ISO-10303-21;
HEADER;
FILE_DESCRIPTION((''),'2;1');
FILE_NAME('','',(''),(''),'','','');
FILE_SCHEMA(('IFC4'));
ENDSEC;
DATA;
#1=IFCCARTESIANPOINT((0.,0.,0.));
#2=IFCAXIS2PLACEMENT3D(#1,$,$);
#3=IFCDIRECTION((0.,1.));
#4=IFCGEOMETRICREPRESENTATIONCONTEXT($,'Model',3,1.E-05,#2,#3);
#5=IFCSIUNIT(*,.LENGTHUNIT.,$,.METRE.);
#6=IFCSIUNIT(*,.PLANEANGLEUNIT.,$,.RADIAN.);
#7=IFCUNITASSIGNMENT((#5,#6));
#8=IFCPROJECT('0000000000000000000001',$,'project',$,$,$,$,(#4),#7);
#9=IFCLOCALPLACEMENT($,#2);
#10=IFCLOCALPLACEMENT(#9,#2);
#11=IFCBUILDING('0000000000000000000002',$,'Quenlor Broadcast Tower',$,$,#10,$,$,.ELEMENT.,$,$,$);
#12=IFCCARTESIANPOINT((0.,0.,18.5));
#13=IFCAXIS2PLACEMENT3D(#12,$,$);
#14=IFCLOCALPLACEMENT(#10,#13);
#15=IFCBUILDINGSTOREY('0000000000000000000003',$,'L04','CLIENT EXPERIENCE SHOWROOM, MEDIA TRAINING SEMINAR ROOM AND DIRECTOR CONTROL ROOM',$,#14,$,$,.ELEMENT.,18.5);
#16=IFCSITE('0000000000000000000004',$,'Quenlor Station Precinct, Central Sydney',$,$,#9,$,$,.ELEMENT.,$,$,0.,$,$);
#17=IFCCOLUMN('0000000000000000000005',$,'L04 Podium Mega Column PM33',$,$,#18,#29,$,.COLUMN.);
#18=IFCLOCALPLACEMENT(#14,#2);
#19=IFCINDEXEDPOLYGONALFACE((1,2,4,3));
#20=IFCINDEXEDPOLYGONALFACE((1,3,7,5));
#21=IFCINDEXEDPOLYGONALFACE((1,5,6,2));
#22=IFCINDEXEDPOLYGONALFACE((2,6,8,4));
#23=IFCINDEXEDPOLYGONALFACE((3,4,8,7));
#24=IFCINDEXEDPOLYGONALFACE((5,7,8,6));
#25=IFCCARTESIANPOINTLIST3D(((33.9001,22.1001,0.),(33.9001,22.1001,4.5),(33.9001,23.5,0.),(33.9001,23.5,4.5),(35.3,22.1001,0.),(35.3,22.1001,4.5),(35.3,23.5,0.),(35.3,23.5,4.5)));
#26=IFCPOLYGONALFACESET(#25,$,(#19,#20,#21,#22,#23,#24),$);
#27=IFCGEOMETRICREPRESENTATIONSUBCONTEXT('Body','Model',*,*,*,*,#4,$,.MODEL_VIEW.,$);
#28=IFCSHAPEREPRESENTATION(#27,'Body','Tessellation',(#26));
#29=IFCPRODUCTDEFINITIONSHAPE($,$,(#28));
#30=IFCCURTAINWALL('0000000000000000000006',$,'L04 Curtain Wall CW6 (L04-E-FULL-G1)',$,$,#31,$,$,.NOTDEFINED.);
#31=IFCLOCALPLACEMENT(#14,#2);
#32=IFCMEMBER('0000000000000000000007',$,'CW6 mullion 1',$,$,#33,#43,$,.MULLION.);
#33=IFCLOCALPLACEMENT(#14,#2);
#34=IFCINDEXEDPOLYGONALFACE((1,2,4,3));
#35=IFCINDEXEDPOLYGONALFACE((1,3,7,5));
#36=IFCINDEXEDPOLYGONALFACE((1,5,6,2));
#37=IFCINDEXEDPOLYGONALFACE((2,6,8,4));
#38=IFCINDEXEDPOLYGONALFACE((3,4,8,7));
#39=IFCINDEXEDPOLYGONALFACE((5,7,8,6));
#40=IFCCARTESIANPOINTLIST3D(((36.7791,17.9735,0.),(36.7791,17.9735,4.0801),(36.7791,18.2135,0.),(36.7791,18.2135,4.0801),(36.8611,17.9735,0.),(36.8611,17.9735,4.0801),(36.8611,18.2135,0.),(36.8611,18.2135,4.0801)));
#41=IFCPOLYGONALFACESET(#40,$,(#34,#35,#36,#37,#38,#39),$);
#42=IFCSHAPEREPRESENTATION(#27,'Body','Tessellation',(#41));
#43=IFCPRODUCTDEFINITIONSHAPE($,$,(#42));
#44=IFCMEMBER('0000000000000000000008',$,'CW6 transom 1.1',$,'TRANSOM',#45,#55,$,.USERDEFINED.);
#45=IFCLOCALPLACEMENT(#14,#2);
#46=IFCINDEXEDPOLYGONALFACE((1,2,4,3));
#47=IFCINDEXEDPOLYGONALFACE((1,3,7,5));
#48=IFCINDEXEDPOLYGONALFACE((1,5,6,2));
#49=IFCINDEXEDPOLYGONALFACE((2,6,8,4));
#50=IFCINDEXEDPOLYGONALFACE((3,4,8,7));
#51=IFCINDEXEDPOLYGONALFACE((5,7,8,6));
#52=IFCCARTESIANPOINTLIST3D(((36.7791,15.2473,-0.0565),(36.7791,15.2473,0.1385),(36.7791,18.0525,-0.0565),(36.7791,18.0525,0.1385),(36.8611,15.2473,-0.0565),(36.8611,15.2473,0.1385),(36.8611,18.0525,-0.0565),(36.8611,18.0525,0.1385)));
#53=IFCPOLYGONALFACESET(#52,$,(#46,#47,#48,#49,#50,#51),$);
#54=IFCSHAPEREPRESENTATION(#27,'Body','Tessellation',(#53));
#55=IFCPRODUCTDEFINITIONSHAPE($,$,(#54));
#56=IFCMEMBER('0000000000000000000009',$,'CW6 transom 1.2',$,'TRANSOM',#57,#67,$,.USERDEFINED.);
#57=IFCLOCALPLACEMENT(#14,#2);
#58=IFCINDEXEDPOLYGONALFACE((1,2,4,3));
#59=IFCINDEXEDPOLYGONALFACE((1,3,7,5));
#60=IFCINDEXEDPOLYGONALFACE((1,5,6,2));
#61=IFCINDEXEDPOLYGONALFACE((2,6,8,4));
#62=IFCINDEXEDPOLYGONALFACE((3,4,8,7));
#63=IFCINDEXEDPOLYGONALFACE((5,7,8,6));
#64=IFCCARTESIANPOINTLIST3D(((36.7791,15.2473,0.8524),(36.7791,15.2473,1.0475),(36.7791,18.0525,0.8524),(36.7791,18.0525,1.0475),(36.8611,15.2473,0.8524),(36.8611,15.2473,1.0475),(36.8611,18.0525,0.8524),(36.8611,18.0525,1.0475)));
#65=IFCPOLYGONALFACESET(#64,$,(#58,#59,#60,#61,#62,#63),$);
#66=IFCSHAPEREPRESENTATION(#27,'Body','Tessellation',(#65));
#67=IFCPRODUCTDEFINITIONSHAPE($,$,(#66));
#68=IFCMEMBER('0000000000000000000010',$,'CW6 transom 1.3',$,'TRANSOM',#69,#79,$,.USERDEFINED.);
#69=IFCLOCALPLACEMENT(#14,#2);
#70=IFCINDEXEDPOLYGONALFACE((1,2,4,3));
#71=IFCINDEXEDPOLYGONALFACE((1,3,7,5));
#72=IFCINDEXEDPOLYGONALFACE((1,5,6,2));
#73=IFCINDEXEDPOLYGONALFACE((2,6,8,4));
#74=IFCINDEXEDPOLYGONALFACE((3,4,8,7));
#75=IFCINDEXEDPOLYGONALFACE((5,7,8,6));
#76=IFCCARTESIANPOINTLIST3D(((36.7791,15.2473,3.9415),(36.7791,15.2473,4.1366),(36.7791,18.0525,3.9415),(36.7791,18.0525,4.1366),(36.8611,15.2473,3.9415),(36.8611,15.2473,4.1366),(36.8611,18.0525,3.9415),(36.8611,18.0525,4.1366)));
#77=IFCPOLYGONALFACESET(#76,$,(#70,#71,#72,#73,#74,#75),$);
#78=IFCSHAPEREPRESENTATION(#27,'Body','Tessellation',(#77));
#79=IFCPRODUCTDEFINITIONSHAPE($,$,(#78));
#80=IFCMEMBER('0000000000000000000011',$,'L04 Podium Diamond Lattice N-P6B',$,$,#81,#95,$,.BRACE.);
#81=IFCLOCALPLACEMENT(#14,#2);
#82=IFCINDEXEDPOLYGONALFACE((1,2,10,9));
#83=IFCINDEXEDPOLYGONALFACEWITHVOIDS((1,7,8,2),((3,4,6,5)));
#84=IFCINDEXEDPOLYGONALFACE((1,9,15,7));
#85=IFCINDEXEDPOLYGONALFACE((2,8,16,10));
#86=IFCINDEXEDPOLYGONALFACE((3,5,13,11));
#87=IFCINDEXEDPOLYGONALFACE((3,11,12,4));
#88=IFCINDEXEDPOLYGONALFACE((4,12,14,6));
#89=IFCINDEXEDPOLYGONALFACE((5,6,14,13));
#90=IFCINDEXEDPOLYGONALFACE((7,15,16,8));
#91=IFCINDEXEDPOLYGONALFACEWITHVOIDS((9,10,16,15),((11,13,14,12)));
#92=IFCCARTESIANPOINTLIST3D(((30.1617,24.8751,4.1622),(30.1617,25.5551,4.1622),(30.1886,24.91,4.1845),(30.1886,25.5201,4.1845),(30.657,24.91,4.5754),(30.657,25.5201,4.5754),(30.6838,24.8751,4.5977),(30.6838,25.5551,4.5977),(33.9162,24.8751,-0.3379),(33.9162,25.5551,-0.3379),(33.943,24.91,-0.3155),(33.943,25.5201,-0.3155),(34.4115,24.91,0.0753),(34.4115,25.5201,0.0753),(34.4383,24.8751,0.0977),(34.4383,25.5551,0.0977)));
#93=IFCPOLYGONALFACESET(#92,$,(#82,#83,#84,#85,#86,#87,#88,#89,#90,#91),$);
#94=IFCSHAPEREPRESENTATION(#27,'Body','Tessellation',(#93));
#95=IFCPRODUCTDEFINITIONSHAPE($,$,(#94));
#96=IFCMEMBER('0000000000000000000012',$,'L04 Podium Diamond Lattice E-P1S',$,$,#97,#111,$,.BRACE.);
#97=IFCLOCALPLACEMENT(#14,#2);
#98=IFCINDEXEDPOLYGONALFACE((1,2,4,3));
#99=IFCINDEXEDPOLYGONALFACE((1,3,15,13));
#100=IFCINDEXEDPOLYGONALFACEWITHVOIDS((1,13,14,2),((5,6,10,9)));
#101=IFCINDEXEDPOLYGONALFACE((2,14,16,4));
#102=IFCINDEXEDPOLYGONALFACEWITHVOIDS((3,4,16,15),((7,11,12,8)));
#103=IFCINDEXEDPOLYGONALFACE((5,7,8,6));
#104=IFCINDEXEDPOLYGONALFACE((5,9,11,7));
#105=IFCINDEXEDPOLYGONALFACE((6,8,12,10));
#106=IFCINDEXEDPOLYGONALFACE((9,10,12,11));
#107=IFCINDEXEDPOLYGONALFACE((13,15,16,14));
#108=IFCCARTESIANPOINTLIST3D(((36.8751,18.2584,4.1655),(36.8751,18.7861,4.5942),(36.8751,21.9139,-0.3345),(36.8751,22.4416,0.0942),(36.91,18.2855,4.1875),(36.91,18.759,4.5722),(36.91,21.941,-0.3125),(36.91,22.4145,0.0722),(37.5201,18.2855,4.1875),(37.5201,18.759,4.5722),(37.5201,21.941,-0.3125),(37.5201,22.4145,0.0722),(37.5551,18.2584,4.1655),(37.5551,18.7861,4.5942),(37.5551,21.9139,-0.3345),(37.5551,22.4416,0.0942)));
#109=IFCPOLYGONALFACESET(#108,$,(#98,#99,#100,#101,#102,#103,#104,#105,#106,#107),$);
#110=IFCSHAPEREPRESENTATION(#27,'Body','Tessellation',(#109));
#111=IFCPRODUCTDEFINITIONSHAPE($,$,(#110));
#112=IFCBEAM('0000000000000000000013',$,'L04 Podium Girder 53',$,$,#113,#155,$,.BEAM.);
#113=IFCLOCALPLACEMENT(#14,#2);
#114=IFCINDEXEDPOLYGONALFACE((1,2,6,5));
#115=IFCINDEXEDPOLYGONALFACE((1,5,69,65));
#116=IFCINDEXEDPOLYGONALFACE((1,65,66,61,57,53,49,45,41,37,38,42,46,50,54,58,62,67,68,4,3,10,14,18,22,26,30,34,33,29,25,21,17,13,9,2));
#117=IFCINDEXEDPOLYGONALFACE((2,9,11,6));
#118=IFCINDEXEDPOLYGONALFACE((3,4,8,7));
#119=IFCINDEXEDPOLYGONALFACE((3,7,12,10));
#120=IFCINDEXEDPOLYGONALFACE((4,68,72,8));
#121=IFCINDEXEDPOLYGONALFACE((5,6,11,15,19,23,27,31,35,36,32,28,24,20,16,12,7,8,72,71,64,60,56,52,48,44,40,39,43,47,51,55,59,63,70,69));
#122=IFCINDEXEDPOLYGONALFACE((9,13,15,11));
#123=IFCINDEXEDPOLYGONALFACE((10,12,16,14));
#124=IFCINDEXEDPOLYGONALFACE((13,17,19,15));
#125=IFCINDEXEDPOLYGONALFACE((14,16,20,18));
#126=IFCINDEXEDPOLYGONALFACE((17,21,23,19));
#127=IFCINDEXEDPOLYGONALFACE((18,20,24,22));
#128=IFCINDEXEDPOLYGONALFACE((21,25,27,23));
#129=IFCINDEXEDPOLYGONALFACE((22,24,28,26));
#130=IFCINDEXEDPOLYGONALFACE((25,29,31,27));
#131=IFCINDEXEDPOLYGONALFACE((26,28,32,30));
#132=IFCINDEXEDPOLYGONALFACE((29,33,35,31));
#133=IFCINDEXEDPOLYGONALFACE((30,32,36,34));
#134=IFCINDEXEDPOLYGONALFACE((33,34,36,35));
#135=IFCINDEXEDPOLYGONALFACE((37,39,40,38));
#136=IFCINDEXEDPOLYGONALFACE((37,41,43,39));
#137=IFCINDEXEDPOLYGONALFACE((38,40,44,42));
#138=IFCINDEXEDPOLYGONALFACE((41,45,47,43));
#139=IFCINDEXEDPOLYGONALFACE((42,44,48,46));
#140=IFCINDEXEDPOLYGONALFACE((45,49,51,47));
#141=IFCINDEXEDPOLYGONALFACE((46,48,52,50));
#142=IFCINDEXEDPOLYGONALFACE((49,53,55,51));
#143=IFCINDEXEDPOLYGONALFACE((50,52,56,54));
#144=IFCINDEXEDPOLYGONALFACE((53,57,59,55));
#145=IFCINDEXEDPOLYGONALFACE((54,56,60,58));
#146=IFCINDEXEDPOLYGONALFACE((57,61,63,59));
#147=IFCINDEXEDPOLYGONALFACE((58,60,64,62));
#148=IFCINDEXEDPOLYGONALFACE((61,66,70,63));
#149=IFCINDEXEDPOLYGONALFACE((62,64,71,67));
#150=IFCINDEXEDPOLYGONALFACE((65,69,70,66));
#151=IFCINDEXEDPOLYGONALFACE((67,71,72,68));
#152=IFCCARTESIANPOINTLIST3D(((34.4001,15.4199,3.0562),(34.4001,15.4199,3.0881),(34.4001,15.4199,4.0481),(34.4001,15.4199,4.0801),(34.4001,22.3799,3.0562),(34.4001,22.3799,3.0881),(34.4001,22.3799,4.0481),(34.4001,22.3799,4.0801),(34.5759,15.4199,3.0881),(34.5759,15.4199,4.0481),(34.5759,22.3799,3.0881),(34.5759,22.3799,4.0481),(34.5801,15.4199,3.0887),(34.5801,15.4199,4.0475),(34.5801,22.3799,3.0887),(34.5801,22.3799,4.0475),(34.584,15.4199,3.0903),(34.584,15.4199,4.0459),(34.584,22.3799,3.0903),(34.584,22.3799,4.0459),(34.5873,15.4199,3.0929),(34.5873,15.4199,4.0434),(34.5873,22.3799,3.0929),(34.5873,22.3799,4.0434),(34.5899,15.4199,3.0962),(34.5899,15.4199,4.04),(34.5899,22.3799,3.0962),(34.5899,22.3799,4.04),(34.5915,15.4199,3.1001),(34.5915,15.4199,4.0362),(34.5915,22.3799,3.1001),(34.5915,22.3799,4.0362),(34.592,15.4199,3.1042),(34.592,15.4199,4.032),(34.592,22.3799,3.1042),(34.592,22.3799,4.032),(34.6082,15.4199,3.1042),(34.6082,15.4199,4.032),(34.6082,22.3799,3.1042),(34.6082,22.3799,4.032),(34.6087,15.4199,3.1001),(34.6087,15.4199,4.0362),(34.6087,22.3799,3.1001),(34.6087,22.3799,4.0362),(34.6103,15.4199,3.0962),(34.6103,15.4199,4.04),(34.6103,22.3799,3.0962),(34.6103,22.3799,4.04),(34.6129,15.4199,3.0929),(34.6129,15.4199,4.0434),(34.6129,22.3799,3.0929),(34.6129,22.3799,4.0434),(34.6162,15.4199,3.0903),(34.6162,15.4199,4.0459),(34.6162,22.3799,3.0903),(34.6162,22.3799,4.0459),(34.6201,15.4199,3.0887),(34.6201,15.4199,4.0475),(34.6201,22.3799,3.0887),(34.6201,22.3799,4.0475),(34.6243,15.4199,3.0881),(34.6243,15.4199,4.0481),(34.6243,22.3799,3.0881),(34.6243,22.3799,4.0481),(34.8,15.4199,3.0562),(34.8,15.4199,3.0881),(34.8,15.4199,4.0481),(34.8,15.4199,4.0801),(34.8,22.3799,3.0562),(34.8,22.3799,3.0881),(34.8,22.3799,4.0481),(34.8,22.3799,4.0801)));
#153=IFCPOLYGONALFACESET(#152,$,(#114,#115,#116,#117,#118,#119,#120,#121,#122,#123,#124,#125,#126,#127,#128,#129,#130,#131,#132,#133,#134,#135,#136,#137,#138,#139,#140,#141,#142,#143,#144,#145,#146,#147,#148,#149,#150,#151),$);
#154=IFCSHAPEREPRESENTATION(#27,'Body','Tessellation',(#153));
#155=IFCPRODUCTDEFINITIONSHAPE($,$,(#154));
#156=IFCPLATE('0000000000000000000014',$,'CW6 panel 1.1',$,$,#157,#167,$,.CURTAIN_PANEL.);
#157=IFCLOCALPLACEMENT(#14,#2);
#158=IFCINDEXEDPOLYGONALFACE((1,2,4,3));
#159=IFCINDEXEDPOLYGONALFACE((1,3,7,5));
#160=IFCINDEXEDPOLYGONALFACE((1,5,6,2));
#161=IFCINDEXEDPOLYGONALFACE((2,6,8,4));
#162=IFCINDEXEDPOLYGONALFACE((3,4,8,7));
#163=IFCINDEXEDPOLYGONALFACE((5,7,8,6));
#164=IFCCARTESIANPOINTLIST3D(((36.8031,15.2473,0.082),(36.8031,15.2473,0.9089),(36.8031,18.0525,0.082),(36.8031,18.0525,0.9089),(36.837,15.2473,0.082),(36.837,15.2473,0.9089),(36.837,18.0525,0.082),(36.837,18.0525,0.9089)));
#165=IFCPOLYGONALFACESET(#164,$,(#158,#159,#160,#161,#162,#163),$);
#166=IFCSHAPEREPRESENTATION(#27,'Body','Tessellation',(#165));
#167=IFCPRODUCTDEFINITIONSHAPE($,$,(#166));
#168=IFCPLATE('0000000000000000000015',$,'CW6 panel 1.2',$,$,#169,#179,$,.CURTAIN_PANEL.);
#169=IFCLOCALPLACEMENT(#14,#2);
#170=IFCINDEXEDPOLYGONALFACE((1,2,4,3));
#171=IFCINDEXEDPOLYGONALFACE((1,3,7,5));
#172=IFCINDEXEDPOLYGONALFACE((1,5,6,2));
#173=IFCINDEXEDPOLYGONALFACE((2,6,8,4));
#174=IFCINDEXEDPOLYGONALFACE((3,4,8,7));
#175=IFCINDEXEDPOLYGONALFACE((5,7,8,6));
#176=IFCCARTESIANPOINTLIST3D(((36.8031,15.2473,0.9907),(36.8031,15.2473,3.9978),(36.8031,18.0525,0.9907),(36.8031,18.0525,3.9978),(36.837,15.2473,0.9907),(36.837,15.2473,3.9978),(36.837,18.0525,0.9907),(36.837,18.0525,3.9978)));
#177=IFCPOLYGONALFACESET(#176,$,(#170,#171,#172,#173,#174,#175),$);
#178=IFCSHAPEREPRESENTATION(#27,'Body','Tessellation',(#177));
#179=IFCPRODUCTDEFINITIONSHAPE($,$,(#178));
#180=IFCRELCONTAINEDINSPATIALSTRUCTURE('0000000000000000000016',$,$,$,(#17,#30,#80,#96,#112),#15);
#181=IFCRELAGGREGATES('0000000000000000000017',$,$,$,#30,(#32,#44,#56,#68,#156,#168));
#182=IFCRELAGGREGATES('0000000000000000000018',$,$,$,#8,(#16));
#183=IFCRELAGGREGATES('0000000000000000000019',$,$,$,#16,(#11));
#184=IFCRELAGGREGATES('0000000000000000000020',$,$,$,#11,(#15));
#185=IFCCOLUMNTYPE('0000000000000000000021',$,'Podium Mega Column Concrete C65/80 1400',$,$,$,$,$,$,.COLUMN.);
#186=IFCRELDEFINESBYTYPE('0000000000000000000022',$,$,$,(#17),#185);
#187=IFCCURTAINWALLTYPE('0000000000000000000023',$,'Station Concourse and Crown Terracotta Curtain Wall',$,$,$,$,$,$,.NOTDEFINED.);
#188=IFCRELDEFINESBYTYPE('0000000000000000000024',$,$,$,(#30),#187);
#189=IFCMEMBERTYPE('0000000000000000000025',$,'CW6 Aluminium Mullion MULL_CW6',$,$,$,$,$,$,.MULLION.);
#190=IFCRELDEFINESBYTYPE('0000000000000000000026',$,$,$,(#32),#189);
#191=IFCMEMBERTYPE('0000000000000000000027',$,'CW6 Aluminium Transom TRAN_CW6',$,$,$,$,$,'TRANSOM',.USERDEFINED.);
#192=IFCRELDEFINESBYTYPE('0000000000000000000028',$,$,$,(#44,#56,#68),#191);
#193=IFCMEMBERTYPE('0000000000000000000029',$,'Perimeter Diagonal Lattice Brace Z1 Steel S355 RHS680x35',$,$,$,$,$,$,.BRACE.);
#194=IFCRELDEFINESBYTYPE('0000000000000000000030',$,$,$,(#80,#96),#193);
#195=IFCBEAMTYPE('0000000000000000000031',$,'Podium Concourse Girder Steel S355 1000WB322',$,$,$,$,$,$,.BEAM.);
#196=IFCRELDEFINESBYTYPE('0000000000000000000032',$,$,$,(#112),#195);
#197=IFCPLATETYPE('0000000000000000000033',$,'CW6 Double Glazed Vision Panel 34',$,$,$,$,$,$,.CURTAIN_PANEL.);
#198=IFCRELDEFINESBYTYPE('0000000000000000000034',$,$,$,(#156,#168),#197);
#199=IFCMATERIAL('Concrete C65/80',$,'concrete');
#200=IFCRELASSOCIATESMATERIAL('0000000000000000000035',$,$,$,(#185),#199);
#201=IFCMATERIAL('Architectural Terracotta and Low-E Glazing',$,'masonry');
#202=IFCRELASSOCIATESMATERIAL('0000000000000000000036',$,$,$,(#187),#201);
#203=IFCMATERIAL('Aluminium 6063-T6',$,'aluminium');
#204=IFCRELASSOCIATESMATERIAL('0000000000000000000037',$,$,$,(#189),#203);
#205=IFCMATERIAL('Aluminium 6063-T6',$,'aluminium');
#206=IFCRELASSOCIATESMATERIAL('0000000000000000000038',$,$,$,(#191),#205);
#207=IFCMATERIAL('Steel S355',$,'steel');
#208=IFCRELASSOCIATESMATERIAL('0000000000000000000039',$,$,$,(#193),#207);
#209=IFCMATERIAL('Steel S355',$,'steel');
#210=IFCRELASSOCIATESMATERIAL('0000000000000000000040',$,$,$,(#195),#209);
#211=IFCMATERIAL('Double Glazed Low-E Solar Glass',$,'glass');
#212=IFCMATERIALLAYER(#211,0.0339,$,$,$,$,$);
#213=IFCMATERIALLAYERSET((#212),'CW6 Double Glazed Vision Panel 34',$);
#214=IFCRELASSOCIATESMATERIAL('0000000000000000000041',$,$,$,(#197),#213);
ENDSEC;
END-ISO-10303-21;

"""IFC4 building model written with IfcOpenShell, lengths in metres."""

from ifc_helpers import new_model, si_unit, direction, frame, origin, origin_2d, place, context, subcontext, project, spatial, rectangle, hollow_rectangle, i_section, extrude, material, layer, layer_set, material_profile, profile_set, type_object, element, aggregate, save


model = new_model("IFC4")

# Units and contexts
model_context = context("Model", 3, precision=1e-05, world=origin(), true_north=direction((0.0, 1.0)))
body_context = subcontext(model_context, "Body", "Model", "MODEL_VIEW")
ifc_project = project(units=[si_unit("LENGTHUNIT", "METRE"), si_unit("PLANEANGLEUNIT", "RADIAN")], contexts=[model_context])

# Site, building, storey
site_placement = place(None, origin())
site = spatial("IfcSite", under=ifc_project, at=site_placement, Name="Quenlor Station Precinct, Central Sydney", CompositionType="ELEMENT", RefElevation=0.0)
building_placement = place(site_placement, origin())
building = spatial("IfcBuilding", under=site, at=building_placement, Name="Quenlor Broadcast Tower", CompositionType="ELEMENT")
storey_placement = place(building_placement, frame((0.0, 0.0, 18.5)))
storey = spatial("IfcBuildingStorey", under=building, at=storey_placement, Name="L04", Description="CLIENT EXPERIENCE SHOWROOM, MEDIA TRAINING SEMINAR ROOM AND DIRECTOR CONTROL ROOM", CompositionType="ELEMENT", Elevation=18.5)

# Column
ifc_material_1 = material(Name="Concrete C65/80", Category="concrete")
ifc_material_profile_1 = material_profile(ifc_material_1, rectangle(XDim=1.3999, YDim=1.3999, at=origin_2d()))
ifc_profile_set_1 = profile_set([ifc_material_profile_1], Name="Concrete C65/80 RC1400x1400")
column_type = type_object("IfcColumnType", Name="Podium Mega Column Concrete C65/80 1400", PredefinedType="COLUMN", material=ifc_profile_set_1)
column_placement = place(storey_placement, frame((34.6001, 22.8, 0.0), z_axis=(0.0, 0.0, 1.0), x_axis=(1.0, 0.0, 0.0)))
element("IfcColumn", 1, at=column_placement, inside=storey, type_object=column_type, Name="L04 Podium Mega Column PM33", PredefinedType="COLUMN", context=body_context, shape_type="SweptSolid", body=[
    extrude(rectangle(XDim=1.3999, YDim=1.3999, at=origin_2d()), origin(), (0.0, 0.0, 1.0), 4.5),
])

# Curtain wall, members
ifc_material_2 = material(Name="Architectural Terracotta and Low-E Glazing", Category="masonry")
curtain_wall_type = type_object("IfcCurtainWallType", Name="Station Concourse and Crown Terracotta Curtain Wall", PredefinedType="NOTDEFINED", material=ifc_material_2)
curtain_wall_placement = place(storey_placement, origin())
curtain_wall = element("IfcCurtainWall", 2, at=curtain_wall_placement, inside=storey, type_object=curtain_wall_type, Name="L04 Curtain Wall CW6 (L04-E-FULL-G1)", PredefinedType="NOTDEFINED")
ifc_material_3 = material(Name="Aluminium 6063-T6", Category="aluminium")
ifc_material_profile_2 = material_profile(ifc_material_3, rectangle(XDim=0.082, YDim=0.24, at=origin_2d()))
ifc_profile_set_2 = profile_set([ifc_material_profile_2], Name="Aluminium 6063-T6 MULL82x240")
member_type_1 = type_object("IfcMemberType", Name="CW6 Aluminium Mullion MULL_CW6", PredefinedType="MULLION", material=ifc_profile_set_2)
member_1_placement = place(storey_placement, frame((36.8201, 18.0935, 0.0), z_axis=(0.0, 0.0, 1.0), x_axis=(1.0, 0.0, 0.0)))
member_1 = element("IfcMember", 3, at=member_1_placement, type_object=member_type_1, Name="CW6 mullion 1", PredefinedType="MULLION", context=body_context, shape_type="SweptSolid", body=[
    extrude(rectangle(XDim=0.082, YDim=0.24, at=origin_2d()), origin(), (0.0, 0.0, 1.0), 4.0801),
])
ifc_material_4 = material(Name="Aluminium 6063-T6", Category="aluminium")
ifc_material_profile_3 = material_profile(ifc_material_4, rectangle(XDim=0.082, YDim=0.1951, at=origin_2d()))
ifc_profile_set_3 = profile_set([ifc_material_profile_3], Name="Aluminium 6063-T6 TRAN82x195")
member_type_2 = type_object("IfcMemberType", Name="CW6 Aluminium Transom TRAN_CW6", ElementType="TRANSOM", PredefinedType="USERDEFINED", material=ifc_profile_set_3)
member_2_placement = place(storey_placement, frame((36.8201, 18.0525, 0.041), z_axis=(0.0, -1.0, 0.0), x_axis=(1.0, 0.0, 0.0)))
member_2 = element("IfcMember", 4, at=member_2_placement, type_object=member_type_2, Name="CW6 transom 1.1", ObjectType="TRANSOM", PredefinedType="USERDEFINED", context=body_context, shape_type="SweptSolid", body=[
    extrude(rectangle(XDim=0.082, YDim=0.1951, at=origin_2d()), origin(), (0.0, 0.0, 1.0), 2.8052),
])
member_3_placement = place(storey_placement, frame((36.8201, 18.0525, 0.95), z_axis=(0.0, -1.0, 0.0), x_axis=(1.0, 0.0, 0.0)))
member_3 = element("IfcMember", 5, at=member_3_placement, type_object=member_type_2, Name="CW6 transom 1.2", ObjectType="TRANSOM", PredefinedType="USERDEFINED", context=body_context, shape_type="SweptSolid", body=[
    extrude(rectangle(XDim=0.082, YDim=0.1951, at=origin_2d()), origin(), (0.0, 0.0, 1.0), 2.8052),
])
member_4_placement = place(storey_placement, frame((36.8201, 18.0525, 4.0391), z_axis=(0.0, -1.0, 0.0), x_axis=(1.0, 0.0, 0.0)))
member_4 = element("IfcMember", 6, at=member_4_placement, type_object=member_type_2, Name="CW6 transom 1.3", ObjectType="TRANSOM", PredefinedType="USERDEFINED", context=body_context, shape_type="SweptSolid", body=[
    extrude(rectangle(XDim=0.082, YDim=0.1951, at=origin_2d()), origin(), (0.0, 0.0, 1.0), 2.8052),
])

# Members
ifc_material_5 = material(Name="Steel S355", Category="steel")
ifc_material_profile_4 = material_profile(ifc_material_5, hollow_rectangle(XDim=0.6799, YDim=0.6799, WallThickness=0.0349, at=origin_2d()))
ifc_profile_set_4 = profile_set([ifc_material_profile_4], Name="Steel S355 RHS680x680x35")
member_type_3 = type_object("IfcMemberType", Name="Perimeter Diagonal Lattice Brace Z1 Steel S355 RHS680x35", PredefinedType="BRACE", material=ifc_profile_set_4)
member_5_placement = place(storey_placement, frame((34.1772, 25.2151, -0.1201), z_axis=(-0.640627, 0.0, 0.767852), x_axis=(0.0, -1.0, 0.0)))
element("IfcMember", 7, at=member_5_placement, inside=storey, type_object=member_type_3, Name="L04 Podium Diamond Lattice N-P6B", PredefinedType="BRACE", context=body_context, shape_type="SweptSolid", body=[
    extrude(hollow_rectangle(XDim=0.6799, YDim=0.6799, WallThickness=0.0349, at=origin_2d()), origin(), (0.0, 0.0, 1.0), 5.8606),
])
member_6_placement = place(storey_placement, frame((37.2151, 22.1777, -0.1201), z_axis=(0.0, -0.630517, 0.776176), x_axis=(1.0, 0.0, 0.0)))
element("IfcMember", 8, at=member_6_placement, inside=storey, type_object=member_type_3, Name="L04 Podium Diamond Lattice E-P1S", PredefinedType="BRACE", context=body_context, shape_type="SweptSolid", body=[
    extrude(hollow_rectangle(XDim=0.6799, YDim=0.6799, WallThickness=0.0349, at=origin_2d()), origin(), (0.0, 0.0, 1.0), 5.7976),
])

# Beam
ifc_material_6 = material(Name="Steel S355", Category="steel")
ifc_material_profile_5 = material_profile(ifc_material_6, i_section(OverallWidth=0.3999, OverallDepth=1.0239, WebThickness=0.0161, FlangeThickness=0.032, FilletRadius=0.0161, at=origin_2d()))
ifc_profile_set_5 = profile_set([ifc_material_profile_5], Name="Steel S355 1000WB322")
beam_type = type_object("IfcBeamType", Name="Podium Concourse Girder Steel S355 1000WB322", PredefinedType="BEAM", material=ifc_profile_set_5)
beam_placement = place(storey_placement, frame((34.6001, 15.4199, 3.5681), z_axis=(0.0, 1.0, 0.0), x_axis=(-1.0, 0.0, 0.0)))
element("IfcBeam", 9, at=beam_placement, inside=storey, type_object=beam_type, Name="L04 Podium Girder 53", PredefinedType="BEAM", context=body_context, shape_type="SweptSolid", body=[
    extrude(i_section(OverallWidth=0.3999, OverallDepth=1.0239, WebThickness=0.0161, FlangeThickness=0.032, FilletRadius=0.0161, at=origin_2d()), origin(), (0.0, 0.0, 1.0), 6.96),
])

# Plates
ifc_material_7 = material(Name="Double Glazed Low-E Solar Glass", Category="glass")
ifc_layer_1 = layer(ifc_material_7, 0.0339)
ifc_layer_set_1 = layer_set([ifc_layer_1], Name="CW6 Double Glazed Vision Panel 34")
plate_type_1 = type_object("IfcPlateType", Name="CW6 Double Glazed Vision Panel 34", PredefinedType="CURTAIN_PANEL", material=ifc_layer_set_1)
plate_1_placement = place(storey_placement, frame((36.8201, 16.6499, 0.082), z_axis=(0.0, 0.0, 1.0), x_axis=(0.0, -1.0, 0.0)))
plate_1 = element("IfcPlate", 10, at=plate_1_placement, type_object=plate_type_1, Name="CW6 panel 1.1", PredefinedType="CURTAIN_PANEL", context=body_context, shape_type="SweptSolid", body=[
    extrude(rectangle(XDim=2.8052, YDim=0.0339, at=origin_2d()), origin(), (0.0, 0.0, 1.0), 0.8269),
])
plate_2_placement = place(storey_placement, frame((36.8201, 16.6499, 0.9907), z_axis=(0.0, 0.0, 1.0), x_axis=(0.0, -1.0, 0.0)))
plate_2 = element("IfcPlate", 11, at=plate_2_placement, type_object=plate_type_1, Name="CW6 panel 1.2", PredefinedType="CURTAIN_PANEL", context=body_context, shape_type="SweptSolid", body=[
    extrude(rectangle(XDim=2.8052, YDim=0.0339, at=origin_2d()), origin(), (0.0, 0.0, 1.0), 3.0071),
])
aggregate(curtain_wall, [member_1, member_2, member_3, member_4, plate_1, plate_2])

save(model, "model.ifc")
